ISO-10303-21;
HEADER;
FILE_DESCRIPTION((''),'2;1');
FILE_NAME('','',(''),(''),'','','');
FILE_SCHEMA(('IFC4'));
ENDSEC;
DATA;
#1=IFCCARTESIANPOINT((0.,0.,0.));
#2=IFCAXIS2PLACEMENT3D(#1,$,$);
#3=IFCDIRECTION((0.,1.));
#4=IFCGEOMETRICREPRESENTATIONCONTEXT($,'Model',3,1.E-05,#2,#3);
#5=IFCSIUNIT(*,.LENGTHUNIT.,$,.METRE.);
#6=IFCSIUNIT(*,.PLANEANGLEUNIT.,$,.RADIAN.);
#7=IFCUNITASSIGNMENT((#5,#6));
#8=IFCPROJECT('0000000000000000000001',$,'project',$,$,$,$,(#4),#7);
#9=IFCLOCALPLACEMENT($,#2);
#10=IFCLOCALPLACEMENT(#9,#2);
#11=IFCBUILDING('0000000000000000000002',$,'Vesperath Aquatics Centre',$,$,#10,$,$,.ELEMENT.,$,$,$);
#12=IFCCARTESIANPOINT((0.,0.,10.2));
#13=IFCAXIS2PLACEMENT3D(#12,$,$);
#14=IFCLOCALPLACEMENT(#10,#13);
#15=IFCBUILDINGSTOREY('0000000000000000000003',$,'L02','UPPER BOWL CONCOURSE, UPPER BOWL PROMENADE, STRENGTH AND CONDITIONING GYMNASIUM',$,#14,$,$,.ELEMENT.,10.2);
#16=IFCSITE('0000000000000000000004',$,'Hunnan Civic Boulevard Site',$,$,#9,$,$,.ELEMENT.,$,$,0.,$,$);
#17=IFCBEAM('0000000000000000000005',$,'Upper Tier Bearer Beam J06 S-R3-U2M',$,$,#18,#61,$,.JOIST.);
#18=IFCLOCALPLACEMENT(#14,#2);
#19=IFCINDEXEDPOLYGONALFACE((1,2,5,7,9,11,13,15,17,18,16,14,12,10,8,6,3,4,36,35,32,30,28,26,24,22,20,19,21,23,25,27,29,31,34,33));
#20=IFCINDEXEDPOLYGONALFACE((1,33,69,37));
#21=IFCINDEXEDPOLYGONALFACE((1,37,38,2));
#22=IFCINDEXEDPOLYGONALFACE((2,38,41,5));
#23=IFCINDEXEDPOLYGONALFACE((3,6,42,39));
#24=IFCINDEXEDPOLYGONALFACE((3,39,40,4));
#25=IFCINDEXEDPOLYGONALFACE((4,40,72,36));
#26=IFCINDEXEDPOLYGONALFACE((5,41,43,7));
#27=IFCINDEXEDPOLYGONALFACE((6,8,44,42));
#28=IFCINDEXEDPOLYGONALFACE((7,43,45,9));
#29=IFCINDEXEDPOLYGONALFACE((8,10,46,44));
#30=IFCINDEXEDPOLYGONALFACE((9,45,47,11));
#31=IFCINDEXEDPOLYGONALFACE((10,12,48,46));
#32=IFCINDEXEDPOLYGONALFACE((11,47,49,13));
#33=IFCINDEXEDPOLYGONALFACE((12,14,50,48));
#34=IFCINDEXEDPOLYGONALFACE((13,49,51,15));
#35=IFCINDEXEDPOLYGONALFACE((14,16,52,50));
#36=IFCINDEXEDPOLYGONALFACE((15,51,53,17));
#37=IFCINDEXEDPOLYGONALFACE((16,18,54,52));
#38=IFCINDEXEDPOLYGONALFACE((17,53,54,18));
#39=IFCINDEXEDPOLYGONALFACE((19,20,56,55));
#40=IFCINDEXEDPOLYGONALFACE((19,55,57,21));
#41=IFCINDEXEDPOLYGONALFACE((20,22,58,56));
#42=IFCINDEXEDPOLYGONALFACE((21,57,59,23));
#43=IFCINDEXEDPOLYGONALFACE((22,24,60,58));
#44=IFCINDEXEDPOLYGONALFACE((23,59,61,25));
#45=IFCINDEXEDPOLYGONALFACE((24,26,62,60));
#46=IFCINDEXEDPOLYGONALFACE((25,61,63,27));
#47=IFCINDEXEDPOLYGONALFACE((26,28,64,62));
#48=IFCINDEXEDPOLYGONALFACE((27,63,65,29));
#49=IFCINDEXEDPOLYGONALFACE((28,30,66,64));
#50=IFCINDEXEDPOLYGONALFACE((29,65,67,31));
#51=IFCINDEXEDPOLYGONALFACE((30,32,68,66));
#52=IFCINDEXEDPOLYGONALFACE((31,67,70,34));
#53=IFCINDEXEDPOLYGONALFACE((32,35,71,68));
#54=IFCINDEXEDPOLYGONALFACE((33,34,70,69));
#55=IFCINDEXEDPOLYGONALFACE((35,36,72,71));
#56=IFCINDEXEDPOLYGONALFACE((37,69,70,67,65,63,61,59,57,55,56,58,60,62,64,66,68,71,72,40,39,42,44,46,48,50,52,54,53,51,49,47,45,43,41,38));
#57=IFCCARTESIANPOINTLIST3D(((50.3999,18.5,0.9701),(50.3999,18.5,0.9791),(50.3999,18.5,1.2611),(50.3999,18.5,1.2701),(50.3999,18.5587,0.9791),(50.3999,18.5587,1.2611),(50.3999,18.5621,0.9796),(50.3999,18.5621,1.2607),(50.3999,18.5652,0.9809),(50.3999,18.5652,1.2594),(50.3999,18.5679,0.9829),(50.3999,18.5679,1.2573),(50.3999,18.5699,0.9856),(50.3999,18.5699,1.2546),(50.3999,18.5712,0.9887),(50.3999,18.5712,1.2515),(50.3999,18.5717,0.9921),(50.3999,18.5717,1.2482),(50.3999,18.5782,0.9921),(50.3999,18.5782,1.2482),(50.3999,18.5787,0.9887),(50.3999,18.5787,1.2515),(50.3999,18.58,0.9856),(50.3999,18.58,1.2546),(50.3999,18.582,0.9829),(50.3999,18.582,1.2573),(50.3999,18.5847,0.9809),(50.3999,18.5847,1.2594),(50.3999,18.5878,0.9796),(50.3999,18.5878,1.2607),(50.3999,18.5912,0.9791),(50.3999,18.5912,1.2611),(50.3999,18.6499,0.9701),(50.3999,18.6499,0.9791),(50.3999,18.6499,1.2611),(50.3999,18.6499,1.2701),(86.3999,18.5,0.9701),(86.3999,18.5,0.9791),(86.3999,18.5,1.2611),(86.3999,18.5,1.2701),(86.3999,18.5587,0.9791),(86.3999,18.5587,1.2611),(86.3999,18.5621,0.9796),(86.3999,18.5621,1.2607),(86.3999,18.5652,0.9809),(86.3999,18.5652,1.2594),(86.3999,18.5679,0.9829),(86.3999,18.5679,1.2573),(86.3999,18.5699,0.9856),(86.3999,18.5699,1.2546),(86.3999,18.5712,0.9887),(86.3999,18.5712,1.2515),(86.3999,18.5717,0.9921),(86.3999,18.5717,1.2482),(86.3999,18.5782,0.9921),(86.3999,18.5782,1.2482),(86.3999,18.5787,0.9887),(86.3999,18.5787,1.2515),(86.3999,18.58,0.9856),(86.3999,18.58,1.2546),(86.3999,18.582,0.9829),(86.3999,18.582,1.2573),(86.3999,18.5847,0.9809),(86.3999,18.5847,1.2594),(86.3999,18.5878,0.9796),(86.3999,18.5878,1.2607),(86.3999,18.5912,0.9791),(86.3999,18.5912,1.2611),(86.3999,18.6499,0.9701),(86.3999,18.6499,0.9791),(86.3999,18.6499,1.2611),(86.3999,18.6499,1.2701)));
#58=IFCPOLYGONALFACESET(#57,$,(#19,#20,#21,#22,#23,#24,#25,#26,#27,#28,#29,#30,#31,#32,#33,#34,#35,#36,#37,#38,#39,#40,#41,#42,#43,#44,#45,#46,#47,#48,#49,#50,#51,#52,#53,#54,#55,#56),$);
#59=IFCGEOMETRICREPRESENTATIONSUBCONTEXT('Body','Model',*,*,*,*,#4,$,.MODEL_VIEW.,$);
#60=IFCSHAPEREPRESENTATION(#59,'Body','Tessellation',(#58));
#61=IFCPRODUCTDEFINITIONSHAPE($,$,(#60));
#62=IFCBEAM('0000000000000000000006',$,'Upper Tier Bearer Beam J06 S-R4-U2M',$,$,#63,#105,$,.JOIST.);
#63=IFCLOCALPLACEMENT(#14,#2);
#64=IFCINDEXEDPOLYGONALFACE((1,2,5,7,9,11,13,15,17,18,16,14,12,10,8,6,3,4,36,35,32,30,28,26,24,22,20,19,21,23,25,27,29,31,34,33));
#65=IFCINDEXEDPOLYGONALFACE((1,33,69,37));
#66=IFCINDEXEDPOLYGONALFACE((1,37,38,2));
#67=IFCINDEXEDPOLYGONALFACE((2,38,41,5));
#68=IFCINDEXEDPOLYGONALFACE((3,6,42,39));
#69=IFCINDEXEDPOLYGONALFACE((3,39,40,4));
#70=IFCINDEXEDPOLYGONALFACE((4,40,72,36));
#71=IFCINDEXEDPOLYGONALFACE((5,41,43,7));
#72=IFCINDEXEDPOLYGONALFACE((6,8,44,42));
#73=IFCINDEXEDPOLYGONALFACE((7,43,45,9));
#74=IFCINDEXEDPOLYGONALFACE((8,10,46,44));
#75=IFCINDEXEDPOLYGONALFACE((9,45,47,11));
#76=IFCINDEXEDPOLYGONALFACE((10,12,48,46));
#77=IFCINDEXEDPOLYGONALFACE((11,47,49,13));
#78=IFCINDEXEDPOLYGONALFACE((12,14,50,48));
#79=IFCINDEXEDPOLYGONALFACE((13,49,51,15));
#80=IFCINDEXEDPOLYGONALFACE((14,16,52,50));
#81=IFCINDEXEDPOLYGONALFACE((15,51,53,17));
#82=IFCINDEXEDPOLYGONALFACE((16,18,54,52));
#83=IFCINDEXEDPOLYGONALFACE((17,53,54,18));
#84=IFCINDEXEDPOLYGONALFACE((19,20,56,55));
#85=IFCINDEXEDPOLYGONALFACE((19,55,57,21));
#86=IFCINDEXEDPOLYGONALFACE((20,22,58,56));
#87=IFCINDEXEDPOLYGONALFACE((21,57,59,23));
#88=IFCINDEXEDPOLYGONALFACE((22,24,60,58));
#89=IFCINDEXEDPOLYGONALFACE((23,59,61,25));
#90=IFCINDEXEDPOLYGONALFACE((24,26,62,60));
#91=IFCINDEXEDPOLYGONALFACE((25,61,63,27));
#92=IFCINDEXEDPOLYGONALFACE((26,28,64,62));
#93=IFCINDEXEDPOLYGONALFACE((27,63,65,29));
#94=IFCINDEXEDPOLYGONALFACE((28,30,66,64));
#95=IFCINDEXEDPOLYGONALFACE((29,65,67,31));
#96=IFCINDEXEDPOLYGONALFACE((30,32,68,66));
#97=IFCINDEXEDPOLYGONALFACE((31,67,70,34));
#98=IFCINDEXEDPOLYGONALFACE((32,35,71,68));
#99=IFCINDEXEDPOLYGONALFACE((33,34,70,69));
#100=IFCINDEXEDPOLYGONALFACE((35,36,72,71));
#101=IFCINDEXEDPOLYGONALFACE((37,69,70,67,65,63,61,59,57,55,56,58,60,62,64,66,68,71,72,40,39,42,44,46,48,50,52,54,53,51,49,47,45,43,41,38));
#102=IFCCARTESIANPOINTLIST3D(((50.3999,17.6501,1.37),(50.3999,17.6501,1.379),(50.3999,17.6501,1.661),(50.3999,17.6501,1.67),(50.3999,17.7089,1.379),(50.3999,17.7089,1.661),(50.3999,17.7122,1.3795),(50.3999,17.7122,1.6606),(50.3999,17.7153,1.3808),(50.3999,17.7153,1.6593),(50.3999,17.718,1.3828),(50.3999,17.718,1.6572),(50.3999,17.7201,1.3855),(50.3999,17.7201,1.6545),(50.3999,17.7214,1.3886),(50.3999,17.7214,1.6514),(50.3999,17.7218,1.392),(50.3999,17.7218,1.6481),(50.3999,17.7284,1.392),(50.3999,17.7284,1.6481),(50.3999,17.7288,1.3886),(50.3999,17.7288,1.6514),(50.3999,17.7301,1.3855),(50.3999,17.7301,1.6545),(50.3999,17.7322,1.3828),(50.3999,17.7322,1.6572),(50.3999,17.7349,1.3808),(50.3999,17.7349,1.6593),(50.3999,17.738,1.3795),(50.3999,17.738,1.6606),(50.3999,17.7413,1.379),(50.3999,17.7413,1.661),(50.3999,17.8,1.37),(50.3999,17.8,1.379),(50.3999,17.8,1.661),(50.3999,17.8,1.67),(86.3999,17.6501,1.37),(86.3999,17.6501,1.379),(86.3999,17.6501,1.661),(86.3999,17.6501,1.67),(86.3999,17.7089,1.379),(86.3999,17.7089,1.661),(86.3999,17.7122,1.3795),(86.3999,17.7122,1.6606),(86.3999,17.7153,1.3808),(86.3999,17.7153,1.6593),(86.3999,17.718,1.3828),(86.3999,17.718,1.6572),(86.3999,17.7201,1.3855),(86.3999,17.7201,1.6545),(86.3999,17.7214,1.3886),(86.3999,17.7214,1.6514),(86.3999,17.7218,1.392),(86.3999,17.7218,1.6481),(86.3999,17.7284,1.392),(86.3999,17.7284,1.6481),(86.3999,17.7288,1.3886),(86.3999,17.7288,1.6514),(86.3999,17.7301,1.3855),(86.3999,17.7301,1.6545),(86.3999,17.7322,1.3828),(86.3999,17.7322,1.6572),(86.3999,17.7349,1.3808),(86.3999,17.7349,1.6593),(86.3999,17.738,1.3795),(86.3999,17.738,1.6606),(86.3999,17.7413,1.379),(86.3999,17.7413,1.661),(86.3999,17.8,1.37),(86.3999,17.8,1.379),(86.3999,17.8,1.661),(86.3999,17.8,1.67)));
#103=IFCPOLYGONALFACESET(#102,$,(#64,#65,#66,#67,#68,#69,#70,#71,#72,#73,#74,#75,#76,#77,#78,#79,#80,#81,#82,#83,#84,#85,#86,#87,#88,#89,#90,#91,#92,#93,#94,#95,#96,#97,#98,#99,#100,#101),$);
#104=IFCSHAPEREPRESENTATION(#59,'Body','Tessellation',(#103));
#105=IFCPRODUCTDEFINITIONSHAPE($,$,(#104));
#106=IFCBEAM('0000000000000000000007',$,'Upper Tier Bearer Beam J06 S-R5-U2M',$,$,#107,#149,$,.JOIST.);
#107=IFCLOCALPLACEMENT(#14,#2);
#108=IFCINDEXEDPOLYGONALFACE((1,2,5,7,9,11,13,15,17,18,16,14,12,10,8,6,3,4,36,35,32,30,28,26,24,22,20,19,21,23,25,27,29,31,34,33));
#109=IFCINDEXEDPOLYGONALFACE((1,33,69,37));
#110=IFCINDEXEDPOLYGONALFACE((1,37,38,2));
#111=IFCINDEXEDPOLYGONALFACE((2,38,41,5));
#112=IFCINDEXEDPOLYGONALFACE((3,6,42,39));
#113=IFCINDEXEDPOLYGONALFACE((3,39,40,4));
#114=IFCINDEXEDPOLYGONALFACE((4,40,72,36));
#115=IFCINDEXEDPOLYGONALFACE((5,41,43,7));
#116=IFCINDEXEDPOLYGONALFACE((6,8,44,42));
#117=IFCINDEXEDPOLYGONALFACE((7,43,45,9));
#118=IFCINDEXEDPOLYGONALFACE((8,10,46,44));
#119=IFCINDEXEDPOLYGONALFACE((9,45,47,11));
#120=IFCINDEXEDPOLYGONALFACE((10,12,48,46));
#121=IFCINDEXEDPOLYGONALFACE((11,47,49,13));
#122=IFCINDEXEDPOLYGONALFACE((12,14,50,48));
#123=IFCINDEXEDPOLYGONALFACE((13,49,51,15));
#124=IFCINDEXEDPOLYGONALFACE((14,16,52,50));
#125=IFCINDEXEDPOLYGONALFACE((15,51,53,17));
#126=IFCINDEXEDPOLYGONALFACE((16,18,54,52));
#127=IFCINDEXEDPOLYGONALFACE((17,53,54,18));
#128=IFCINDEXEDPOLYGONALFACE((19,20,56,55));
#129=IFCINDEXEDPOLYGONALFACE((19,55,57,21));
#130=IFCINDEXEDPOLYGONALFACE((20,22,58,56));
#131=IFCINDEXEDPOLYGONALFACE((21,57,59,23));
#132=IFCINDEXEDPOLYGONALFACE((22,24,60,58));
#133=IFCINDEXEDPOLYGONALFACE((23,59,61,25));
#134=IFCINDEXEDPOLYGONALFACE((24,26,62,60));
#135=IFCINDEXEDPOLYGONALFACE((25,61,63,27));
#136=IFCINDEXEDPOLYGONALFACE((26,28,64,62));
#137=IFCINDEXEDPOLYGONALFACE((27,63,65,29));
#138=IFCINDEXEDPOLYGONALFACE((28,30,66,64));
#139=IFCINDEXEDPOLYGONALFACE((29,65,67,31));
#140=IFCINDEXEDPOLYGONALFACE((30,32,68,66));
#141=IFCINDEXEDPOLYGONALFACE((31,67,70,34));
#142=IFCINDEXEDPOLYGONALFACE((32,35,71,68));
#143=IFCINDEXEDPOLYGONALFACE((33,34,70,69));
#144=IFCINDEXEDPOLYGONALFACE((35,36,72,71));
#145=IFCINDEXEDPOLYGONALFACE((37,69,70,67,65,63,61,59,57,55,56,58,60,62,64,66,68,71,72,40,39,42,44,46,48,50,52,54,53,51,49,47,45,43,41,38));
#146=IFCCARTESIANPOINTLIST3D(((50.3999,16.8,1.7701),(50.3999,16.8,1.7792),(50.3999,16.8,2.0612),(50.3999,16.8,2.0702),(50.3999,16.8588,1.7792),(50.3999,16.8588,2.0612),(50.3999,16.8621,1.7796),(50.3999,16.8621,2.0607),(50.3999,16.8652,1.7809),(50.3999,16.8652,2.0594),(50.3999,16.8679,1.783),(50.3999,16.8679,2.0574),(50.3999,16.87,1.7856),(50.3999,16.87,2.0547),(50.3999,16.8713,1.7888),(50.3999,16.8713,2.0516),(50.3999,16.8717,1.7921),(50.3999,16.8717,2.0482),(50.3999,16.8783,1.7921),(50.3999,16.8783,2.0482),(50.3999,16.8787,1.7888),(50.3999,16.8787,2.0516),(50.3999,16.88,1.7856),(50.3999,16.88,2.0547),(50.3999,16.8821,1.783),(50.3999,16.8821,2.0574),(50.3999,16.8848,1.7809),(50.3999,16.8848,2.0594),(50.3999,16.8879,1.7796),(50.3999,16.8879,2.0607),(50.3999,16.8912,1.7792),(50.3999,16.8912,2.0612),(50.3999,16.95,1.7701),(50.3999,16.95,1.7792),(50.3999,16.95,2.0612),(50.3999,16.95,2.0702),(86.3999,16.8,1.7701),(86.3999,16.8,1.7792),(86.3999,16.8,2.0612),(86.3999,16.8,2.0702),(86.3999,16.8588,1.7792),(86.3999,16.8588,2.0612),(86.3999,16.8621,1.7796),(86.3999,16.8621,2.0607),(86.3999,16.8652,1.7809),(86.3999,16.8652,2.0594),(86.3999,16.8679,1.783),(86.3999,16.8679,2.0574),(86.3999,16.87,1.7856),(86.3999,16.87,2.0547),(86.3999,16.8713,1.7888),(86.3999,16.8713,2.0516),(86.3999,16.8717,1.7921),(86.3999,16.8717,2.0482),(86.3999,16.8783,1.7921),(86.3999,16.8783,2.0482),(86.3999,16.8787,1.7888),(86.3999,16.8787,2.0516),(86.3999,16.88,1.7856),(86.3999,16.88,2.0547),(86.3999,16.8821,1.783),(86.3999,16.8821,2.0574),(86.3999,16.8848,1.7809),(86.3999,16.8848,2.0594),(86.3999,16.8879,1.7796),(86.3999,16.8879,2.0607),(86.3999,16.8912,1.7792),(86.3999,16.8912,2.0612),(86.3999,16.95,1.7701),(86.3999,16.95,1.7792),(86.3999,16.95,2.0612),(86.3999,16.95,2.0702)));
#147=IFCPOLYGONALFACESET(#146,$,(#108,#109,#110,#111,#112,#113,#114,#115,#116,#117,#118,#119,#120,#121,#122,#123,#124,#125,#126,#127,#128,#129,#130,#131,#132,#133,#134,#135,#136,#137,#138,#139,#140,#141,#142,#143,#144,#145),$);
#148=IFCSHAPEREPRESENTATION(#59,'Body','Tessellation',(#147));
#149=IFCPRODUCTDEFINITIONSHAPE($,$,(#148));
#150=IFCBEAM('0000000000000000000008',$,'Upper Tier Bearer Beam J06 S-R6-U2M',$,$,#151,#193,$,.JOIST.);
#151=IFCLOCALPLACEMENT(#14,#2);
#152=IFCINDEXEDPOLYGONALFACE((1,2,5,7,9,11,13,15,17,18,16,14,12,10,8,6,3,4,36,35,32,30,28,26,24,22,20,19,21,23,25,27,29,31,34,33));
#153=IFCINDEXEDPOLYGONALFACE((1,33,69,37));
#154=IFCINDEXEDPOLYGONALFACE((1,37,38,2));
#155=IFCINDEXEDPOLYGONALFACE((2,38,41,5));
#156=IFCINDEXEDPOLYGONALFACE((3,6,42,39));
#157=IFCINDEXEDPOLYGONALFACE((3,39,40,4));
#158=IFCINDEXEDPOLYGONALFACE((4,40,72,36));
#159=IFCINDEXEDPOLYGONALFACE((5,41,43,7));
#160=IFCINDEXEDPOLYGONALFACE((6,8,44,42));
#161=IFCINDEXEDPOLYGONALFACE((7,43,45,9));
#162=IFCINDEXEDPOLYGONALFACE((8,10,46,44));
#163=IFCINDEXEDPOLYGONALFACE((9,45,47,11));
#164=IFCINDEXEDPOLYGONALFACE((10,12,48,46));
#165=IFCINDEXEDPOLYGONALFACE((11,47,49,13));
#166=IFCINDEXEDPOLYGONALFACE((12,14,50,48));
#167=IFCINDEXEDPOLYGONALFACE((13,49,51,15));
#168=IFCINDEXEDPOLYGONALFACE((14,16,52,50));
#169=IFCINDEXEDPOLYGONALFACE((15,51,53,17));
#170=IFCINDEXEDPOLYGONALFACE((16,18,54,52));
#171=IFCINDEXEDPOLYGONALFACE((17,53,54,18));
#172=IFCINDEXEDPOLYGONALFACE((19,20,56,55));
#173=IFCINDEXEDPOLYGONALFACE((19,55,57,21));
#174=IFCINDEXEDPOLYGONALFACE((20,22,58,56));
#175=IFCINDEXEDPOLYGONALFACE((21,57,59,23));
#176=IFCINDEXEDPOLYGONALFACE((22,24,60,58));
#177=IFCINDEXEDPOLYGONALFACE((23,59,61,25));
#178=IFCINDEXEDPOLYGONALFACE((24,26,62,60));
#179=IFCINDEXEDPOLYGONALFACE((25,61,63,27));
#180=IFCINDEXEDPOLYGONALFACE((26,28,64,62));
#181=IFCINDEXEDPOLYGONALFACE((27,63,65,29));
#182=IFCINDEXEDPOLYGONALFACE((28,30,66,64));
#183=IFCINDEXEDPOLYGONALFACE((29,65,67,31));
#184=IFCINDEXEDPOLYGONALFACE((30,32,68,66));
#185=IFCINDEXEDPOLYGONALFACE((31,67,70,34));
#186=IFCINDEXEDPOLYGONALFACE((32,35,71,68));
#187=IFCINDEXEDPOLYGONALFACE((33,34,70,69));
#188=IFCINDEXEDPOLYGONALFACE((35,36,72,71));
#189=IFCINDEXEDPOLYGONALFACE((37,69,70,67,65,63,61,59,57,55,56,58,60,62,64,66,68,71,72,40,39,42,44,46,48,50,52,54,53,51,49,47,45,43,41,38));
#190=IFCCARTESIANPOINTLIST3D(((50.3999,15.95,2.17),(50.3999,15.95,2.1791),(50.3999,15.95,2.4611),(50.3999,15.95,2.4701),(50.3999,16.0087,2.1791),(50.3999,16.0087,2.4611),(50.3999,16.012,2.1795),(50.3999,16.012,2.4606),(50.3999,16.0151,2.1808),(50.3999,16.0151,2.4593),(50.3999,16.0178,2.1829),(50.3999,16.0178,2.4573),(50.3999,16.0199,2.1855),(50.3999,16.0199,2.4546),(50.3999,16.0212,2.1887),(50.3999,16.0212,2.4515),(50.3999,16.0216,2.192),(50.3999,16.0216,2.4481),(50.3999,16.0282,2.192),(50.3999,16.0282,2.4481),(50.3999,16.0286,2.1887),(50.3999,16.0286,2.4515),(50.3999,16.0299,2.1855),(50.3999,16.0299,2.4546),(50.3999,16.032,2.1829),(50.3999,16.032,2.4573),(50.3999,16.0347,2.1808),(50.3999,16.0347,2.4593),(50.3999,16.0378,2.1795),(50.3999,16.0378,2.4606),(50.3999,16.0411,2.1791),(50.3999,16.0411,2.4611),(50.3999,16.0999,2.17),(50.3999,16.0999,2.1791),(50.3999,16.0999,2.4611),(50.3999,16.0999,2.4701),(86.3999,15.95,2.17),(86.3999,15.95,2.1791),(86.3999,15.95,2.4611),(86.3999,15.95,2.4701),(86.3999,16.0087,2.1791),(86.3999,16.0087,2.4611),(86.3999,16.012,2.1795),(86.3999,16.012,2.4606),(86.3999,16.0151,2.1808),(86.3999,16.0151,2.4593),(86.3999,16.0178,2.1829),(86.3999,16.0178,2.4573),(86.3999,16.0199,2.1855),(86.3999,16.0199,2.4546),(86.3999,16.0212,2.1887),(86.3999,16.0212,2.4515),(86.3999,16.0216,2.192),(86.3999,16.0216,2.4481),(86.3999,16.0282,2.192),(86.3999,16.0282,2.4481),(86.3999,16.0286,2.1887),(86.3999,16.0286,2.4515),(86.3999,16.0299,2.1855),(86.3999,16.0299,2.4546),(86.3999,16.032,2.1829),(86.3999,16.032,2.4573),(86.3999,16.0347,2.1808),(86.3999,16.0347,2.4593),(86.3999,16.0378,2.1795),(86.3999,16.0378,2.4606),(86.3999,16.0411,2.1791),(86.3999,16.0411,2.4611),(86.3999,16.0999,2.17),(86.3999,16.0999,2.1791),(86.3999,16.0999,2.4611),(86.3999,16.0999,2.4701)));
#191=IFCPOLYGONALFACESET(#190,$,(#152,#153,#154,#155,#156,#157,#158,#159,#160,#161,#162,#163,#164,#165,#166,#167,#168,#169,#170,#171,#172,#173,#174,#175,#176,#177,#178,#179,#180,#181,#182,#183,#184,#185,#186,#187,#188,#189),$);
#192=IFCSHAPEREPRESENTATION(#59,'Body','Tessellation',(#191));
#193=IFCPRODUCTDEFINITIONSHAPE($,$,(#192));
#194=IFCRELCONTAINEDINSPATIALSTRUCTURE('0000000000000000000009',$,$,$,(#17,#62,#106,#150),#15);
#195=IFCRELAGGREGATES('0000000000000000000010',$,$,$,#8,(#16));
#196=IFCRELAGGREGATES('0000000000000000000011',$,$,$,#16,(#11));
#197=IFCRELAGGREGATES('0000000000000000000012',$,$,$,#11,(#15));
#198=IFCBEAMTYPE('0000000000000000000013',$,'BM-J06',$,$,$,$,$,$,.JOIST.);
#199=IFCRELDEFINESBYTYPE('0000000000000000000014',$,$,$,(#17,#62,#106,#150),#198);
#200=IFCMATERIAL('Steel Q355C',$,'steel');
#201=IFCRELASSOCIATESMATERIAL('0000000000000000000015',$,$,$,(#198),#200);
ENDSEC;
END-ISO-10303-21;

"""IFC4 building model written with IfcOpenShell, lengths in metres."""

from ifc_helpers import new_model, si_unit, direction, frame, origin, origin_2d, place, context, subcontext, project, spatial, i_section, extrude, material, material_profile, profile_set, type_object, element, save


model = new_model("IFC4")

# Units and contexts
model_context = context("Model", 3, precision=1e-05, world=origin(), true_north=direction((0.0, 1.0)))
body_context = subcontext(model_context, "Body", "Model", "MODEL_VIEW")
ifc_project = project(units=[si_unit("LENGTHUNIT", "METRE"), si_unit("PLANEANGLEUNIT", "RADIAN")], contexts=[model_context])

# Site, building, storey
site_placement = place(None, origin())
site = spatial("IfcSite", under=ifc_project, at=site_placement, Name="Hunnan Civic Boulevard Site", CompositionType="ELEMENT", RefElevation=0.0)
building_placement = place(site_placement, origin())
building = spatial("IfcBuilding", under=site, at=building_placement, Name="Vesperath Aquatics Centre", CompositionType="ELEMENT")
storey_placement = place(building_placement, frame((0.0, 0.0, 10.2)))
storey = spatial("IfcBuildingStorey", under=building, at=storey_placement, Name="L02", Description="UPPER BOWL CONCOURSE, UPPER BOWL PROMENADE, STRENGTH AND CONDITIONING GYMNASIUM", CompositionType="ELEMENT", Elevation=10.2)

# Beams
ifc_material_1 = material(Name="Steel Q355C", Category="steel")
ifc_material_profile_1 = material_profile(ifc_material_1, i_section(OverallWidth=0.1499, OverallDepth=0.3, WebThickness=0.0066, FlangeThickness=0.009, FilletRadius=0.0129, at=origin_2d()), Name="HN 300x150x6.5x9")
ifc_profile_set_1 = profile_set([ifc_material_profile_1], Name="Steel Q355C")
beam_type_1 = type_object("IfcBeamType", Name="BM-J06", PredefinedType="JOIST", material=ifc_profile_set_1)
for number, where, z_axis, x_axis, name in (
    (1, (50.3999, 18.575, 1.1201), (1.0, 0.0, 0.0), (0.0, 1.0, 0.0), "Upper Tier Bearer Beam J06 S-R3-U2M"),
    (2, (50.3999, 17.7251, 1.52), (1.0, 0.0, 0.0), (0.0, 1.0, 0.0), "Upper Tier Bearer Beam J06 S-R4-U2M"),
    (3, (50.3999, 16.875, 1.9202), (1.0, 0.0, 0.0), (0.0, 1.0, 0.0), "Upper Tier Bearer Beam J06 S-R5-U2M"),
    (4, (50.3999, 16.0249, 2.3201), (1.0, 0.0, 0.0), (0.0, 1.0, 0.0), "Upper Tier Bearer Beam J06 S-R6-U2M"),
):
    element("IfcBeam", number, at=place(storey_placement, frame(where, z_axis=z_axis, x_axis=x_axis)), inside=storey, type_object=beam_type_1, Name=name, PredefinedType="JOIST", context=body_context, shape_type="SweptSolid", body=[
        extrude(i_section(OverallWidth=0.1499, OverallDepth=0.3, WebThickness=0.0066, FlangeThickness=0.009, FilletRadius=0.0129, at=origin_2d()), origin(), (0.0, 0.0, 1.0), 36.0),
    ])

save(model, "model.ifc")
